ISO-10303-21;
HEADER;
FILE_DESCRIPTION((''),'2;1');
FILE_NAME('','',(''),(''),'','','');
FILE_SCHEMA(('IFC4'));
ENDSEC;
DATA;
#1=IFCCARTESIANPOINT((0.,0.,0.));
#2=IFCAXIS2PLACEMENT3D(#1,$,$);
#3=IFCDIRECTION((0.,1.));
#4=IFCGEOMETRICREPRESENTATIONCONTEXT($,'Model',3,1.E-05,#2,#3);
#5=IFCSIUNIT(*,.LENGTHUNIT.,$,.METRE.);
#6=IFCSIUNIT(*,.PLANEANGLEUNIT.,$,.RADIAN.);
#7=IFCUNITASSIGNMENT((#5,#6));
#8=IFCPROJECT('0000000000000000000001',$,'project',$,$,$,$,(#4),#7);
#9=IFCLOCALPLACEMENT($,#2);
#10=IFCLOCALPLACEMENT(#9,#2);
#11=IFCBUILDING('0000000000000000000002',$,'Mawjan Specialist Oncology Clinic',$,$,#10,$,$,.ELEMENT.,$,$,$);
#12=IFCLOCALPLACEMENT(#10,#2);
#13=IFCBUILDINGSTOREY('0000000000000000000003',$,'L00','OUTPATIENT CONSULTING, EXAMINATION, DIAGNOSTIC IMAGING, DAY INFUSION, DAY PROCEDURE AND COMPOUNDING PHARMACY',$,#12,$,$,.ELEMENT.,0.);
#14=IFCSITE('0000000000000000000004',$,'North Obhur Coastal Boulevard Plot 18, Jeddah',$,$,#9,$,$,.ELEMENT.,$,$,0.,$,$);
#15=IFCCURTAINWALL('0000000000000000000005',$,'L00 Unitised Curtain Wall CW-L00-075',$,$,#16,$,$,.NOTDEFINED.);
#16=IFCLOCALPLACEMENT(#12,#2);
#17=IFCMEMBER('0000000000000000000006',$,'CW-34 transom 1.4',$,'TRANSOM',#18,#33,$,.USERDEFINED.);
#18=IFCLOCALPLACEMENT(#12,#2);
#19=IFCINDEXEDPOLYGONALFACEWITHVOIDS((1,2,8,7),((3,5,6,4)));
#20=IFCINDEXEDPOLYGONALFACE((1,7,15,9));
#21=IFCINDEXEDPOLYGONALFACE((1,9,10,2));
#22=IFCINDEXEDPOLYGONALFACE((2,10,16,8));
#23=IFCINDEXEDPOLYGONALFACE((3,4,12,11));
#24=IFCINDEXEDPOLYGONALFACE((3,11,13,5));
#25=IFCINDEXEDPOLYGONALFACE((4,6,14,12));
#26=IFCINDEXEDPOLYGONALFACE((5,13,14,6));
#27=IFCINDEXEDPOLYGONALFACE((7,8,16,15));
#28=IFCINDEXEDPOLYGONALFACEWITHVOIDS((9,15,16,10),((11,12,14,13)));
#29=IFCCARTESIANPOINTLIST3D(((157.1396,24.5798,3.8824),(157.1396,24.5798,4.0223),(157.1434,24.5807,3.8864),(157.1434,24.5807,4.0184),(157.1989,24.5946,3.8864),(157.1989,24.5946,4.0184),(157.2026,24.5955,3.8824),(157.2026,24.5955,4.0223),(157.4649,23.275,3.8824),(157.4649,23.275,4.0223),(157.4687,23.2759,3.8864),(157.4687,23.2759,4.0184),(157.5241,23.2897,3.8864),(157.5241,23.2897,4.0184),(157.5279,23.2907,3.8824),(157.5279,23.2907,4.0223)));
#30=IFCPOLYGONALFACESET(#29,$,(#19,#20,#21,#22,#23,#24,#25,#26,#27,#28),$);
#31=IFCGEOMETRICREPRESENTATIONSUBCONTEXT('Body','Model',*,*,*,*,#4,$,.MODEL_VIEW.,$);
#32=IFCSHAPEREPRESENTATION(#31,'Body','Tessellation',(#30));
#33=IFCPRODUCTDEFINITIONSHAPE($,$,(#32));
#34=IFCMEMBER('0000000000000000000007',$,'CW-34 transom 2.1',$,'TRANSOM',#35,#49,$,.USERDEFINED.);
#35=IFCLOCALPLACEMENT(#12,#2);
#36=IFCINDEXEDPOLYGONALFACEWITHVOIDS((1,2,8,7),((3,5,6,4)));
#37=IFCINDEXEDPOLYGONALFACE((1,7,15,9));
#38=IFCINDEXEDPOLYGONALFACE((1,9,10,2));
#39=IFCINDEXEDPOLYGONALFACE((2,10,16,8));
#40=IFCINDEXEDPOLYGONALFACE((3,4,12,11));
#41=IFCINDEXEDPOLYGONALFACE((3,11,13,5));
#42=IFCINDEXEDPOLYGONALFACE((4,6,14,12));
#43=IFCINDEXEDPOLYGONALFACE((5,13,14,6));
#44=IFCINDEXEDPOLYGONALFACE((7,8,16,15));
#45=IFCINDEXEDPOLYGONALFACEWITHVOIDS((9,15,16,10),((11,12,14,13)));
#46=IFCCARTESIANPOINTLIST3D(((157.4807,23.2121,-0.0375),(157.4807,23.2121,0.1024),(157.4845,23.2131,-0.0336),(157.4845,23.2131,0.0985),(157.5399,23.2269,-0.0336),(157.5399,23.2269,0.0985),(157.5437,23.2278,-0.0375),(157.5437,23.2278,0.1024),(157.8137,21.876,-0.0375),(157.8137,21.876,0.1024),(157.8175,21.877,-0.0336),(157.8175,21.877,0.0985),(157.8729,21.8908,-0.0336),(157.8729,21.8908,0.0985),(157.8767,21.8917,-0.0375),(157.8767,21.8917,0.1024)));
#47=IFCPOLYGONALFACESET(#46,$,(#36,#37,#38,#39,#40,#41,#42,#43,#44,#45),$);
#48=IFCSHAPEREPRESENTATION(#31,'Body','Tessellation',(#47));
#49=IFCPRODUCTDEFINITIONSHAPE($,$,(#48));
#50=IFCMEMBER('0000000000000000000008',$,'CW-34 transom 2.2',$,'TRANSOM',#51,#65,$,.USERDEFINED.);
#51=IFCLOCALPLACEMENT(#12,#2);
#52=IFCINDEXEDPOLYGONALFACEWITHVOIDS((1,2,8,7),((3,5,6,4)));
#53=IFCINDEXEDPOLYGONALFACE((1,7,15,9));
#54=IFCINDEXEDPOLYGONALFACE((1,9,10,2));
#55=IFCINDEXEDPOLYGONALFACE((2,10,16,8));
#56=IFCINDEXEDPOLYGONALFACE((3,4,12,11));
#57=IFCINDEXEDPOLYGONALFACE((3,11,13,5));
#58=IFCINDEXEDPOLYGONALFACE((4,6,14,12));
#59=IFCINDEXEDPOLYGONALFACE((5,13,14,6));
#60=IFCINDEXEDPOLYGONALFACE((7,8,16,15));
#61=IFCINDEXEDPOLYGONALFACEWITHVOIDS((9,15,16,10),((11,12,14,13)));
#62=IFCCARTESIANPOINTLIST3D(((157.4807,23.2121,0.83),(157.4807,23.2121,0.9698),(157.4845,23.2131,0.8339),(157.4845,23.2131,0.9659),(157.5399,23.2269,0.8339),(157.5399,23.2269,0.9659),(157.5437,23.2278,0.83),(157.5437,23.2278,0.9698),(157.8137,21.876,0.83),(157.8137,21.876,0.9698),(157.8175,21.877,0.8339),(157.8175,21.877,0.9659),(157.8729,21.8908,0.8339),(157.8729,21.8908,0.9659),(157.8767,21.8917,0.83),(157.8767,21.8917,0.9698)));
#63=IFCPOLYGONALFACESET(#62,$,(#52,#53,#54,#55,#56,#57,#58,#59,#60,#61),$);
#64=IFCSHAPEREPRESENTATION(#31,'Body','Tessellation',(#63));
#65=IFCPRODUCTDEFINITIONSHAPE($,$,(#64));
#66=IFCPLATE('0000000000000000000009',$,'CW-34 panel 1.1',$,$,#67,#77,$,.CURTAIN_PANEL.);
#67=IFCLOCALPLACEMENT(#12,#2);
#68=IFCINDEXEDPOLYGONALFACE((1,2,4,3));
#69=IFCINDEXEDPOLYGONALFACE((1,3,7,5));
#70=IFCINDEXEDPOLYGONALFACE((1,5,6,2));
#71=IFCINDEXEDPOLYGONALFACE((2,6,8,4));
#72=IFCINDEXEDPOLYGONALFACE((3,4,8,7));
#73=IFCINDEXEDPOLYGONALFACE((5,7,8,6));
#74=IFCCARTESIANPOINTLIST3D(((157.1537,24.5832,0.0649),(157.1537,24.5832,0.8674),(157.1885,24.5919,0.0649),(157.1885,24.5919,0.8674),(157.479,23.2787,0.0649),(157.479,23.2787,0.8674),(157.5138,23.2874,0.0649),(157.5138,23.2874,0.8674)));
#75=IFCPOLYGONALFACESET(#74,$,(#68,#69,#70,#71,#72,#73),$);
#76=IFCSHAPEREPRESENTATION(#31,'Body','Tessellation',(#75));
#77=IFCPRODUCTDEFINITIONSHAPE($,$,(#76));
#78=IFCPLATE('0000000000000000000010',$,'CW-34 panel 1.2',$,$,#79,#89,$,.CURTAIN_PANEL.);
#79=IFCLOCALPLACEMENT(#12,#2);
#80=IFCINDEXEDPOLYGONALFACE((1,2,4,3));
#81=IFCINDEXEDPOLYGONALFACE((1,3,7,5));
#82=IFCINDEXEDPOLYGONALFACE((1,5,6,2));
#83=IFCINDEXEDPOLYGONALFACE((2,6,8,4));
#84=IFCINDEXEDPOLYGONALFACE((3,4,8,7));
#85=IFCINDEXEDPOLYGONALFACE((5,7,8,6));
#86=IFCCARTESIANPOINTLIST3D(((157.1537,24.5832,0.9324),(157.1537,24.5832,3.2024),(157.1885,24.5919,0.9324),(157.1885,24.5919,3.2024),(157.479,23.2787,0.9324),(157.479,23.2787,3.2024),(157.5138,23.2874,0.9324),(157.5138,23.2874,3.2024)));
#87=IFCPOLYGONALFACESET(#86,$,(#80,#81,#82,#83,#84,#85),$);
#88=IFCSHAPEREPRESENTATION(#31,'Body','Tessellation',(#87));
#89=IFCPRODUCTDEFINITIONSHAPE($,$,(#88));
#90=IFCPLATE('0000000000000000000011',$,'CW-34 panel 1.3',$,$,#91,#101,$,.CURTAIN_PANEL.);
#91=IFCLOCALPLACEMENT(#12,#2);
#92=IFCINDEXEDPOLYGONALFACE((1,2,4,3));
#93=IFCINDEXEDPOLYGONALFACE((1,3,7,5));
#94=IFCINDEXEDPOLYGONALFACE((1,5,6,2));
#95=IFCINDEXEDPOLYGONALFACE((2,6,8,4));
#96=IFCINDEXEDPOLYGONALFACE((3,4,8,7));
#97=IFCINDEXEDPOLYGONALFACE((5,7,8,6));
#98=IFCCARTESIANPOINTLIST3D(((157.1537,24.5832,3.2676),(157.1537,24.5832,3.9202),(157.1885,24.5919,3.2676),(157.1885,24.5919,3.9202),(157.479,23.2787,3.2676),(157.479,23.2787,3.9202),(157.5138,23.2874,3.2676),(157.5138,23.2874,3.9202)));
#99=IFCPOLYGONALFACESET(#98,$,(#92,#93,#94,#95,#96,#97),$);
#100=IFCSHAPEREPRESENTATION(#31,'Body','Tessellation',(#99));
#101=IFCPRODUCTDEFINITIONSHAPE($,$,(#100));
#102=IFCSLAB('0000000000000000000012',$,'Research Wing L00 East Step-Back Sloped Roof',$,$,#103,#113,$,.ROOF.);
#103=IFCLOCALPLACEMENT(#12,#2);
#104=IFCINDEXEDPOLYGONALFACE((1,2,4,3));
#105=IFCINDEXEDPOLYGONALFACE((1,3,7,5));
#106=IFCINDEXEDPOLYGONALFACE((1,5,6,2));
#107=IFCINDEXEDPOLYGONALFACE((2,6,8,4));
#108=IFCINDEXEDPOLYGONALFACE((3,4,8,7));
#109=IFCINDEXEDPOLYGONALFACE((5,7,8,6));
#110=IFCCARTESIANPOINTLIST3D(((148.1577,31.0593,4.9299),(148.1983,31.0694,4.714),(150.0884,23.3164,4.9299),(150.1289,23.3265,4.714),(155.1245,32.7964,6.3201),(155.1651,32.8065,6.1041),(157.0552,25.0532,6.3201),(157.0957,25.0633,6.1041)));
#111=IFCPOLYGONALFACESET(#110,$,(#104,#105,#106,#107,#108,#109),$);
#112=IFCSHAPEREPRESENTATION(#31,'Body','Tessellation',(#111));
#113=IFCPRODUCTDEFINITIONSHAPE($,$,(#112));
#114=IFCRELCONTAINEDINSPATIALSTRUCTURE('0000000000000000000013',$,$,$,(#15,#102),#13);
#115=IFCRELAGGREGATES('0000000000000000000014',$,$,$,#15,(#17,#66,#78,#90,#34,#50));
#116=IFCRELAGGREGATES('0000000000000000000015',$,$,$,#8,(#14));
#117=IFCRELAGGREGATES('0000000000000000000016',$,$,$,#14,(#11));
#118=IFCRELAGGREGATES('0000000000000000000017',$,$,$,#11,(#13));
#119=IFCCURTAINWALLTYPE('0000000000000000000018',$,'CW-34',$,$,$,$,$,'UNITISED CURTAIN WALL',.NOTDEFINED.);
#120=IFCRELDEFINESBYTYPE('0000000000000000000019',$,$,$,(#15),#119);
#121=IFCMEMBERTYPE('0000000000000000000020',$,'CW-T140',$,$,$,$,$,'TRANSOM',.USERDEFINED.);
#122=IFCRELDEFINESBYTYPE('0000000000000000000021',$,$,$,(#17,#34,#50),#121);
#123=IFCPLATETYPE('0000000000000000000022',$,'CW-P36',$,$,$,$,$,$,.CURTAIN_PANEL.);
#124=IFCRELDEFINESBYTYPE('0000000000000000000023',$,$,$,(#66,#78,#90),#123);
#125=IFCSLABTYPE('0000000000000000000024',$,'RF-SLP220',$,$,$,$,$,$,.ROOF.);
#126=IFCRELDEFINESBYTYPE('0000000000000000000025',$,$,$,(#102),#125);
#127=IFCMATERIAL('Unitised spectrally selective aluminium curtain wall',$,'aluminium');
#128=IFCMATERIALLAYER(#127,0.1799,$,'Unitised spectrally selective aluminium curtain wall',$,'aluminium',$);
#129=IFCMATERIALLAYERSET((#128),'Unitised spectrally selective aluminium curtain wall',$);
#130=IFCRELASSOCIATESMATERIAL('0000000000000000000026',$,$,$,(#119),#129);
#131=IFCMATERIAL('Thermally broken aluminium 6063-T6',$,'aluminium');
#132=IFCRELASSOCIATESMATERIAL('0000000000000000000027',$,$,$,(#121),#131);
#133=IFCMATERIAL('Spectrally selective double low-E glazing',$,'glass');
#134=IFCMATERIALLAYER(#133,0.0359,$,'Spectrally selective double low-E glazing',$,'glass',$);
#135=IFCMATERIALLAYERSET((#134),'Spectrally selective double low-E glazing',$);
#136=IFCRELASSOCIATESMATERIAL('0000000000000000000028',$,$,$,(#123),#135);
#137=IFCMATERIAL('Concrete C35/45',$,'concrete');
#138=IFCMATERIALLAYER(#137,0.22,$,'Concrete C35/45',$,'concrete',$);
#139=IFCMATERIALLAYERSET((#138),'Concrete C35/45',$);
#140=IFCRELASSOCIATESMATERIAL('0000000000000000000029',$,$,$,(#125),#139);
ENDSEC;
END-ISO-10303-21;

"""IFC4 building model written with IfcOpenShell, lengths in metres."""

from ifc_helpers import new_model, si_unit, direction, frame, origin, origin_2d, place, context, subcontext, project, spatial, polyline, rectangle, hollow_rectangle, outline, extrude, material, layer, layer_set, material_profile, profile_set, type_object, element, aggregate, save


model = new_model("IFC4")

# Units and contexts
model_context = context("Model", 3, precision=1e-05, world=origin(), true_north=direction((0.0, 1.0)))
body_context = subcontext(model_context, "Body", "Model", "MODEL_VIEW")
ifc_project = project(units=[si_unit("LENGTHUNIT", "METRE"), si_unit("PLANEANGLEUNIT", "RADIAN")], contexts=[model_context])

# Site, building, storey
site_placement = place(None, origin())
site = spatial("IfcSite", under=ifc_project, at=site_placement, Name="North Obhur Coastal Boulevard Plot 18, Jeddah", CompositionType="ELEMENT", RefElevation=0.0)
building_placement = place(site_placement, origin())
building = spatial("IfcBuilding", under=site, at=building_placement, Name="Mawjan Specialist Oncology Clinic", CompositionType="ELEMENT")
storey_placement = place(building_placement, origin())
storey = spatial("IfcBuildingStorey", under=building, at=storey_placement, Name="L00", Description="OUTPATIENT CONSULTING, EXAMINATION, DIAGNOSTIC IMAGING, DAY INFUSION, DAY PROCEDURE AND COMPOUNDING PHARMACY", CompositionType="ELEMENT", Elevation=0.0)

# Curtain wall, members, plates
ifc_material_1 = material(Name="Unitised spectrally selective aluminium curtain wall", Category="aluminium")
ifc_layer_1 = layer(ifc_material_1, 0.1799, Name="Unitised spectrally selective aluminium curtain wall", Category="aluminium")
ifc_layer_set_1 = layer_set([ifc_layer_1], Name="Unitised spectrally selective aluminium curtain wall")
curtain_wall_type = type_object("IfcCurtainWallType", Name="CW-34", ElementType="UNITISED CURTAIN WALL", PredefinedType="NOTDEFINED", material=ifc_layer_set_1)
curtain_wall_placement = place(storey_placement, origin())
curtain_wall = element("IfcCurtainWall", 1, at=curtain_wall_placement, inside=storey, type_object=curtain_wall_type, Name="L00 Unitised Curtain Wall CW-L00-075", PredefinedType="NOTDEFINED")
ifc_material_2 = material(Name="Thermally broken aluminium 6063-T6", Category="aluminium")
ifc_material_profile_1 = material_profile(ifc_material_2, hollow_rectangle(XDim=0.0649, YDim=0.1399, WallThickness=0.0039, at=origin_2d()), Name="ALU TRANSOM 140x65x4", Category="aluminium")
ifc_profile_set_1 = profile_set([ifc_material_profile_1], Name="Thermally broken aluminium 6063-T6")
member_type_1 = type_object("IfcMemberType", Name="CW-T140", ElementType="TRANSOM", PredefinedType="USERDEFINED", material=ifc_profile_set_1)
member_1_placement = place(storey_placement, frame((157.1711, 24.5876, 3.9524), z_axis=(0.241852, -0.970313, 0.0), x_axis=(0.970313, 0.241852, 0.0)))
member_1 = element("IfcMember", 2, at=member_1_placement, type_object=member_type_1, Name="CW-34 transom 1.4", ObjectType="TRANSOM", PredefinedType="USERDEFINED", context=body_context, shape_type="SweptSolid", body=[
    extrude(hollow_rectangle(XDim=0.0649, YDim=0.1399, WallThickness=0.0039, at=origin_2d()), origin(), (0.0, 0.0, 1.0), 1.3447),
])
member_2_placement = place(storey_placement, frame((157.5122, 23.22, 0.0325), z_axis=(0.241826, -0.97032, 0.0), x_axis=(0.97032, 0.241826, 0.0)))
member_2 = element("IfcMember", 3, at=member_2_placement, type_object=member_type_1, Name="CW-34 transom 2.1", ObjectType="TRANSOM", PredefinedType="USERDEFINED", context=body_context, shape_type="SweptSolid", body=[
    extrude(hollow_rectangle(XDim=0.0649, YDim=0.1399, WallThickness=0.0039, at=origin_2d()), origin(), (0.0, 0.0, 1.0), 1.377),
])
member_3_placement = place(storey_placement, frame((157.5122, 23.22, 0.8999), z_axis=(0.241826, -0.97032, 0.0), x_axis=(0.97032, 0.241826, 0.0)))
member_3 = element("IfcMember", 4, at=member_3_placement, type_object=member_type_1, Name="CW-34 transom 2.2", ObjectType="TRANSOM", PredefinedType="USERDEFINED", context=body_context, shape_type="SweptSolid", body=[
    extrude(hollow_rectangle(XDim=0.0649, YDim=0.1399, WallThickness=0.0039, at=origin_2d()), origin(), (0.0, 0.0, 1.0), 1.377),
])
ifc_material_3 = material(Name="Spectrally selective double low-E glazing", Category="glass")
ifc_layer_2 = layer(ifc_material_3, 0.0359, Name="Spectrally selective double low-E glazing", Category="glass")
ifc_layer_set_2 = layer_set([ifc_layer_2], Name="Spectrally selective double low-E glazing")
plate_type = type_object("IfcPlateType", Name="CW-P36", PredefinedType="CURTAIN_PANEL", material=ifc_layer_set_2)
plate_1_placement = place(storey_placement, frame((157.3337, 23.9353, 0.0649), z_axis=(0.0, 0.0, 1.0), x_axis=(0.241922, -0.970296, 0.0)))
plate_1 = element("IfcPlate", 5, at=plate_1_placement, type_object=plate_type, Name="CW-34 panel 1.1", PredefinedType="CURTAIN_PANEL", context=body_context, shape_type="SweptSolid", body=[
    extrude(rectangle(XDim=1.3445, YDim=0.0359, at=origin_2d()), origin(), (0.0, 0.0, 1.0), 0.8025),
])
plate_2_placement = place(storey_placement, frame((157.3337, 23.9353, 0.9324), z_axis=(0.0, 0.0, 1.0), x_axis=(0.241922, -0.970296, 0.0)))
plate_2 = element("IfcPlate", 6, at=plate_2_placement, type_object=plate_type, Name="CW-34 panel 1.2", PredefinedType="CURTAIN_PANEL", context=body_context, shape_type="SweptSolid", body=[
    extrude(rectangle(XDim=1.3445, YDim=0.0359, at=origin_2d()), origin(), (0.0, 0.0, 1.0), 2.27),
])
plate_3_placement = place(storey_placement, frame((157.3337, 23.9353, 3.2676), z_axis=(0.0, 0.0, 1.0), x_axis=(0.241922, -0.970296, 0.0)))
plate_3 = element("IfcPlate", 7, at=plate_3_placement, type_object=plate_type, Name="CW-34 panel 1.3", PredefinedType="CURTAIN_PANEL", context=body_context, shape_type="SweptSolid", body=[
    extrude(rectangle(XDim=1.3445, YDim=0.0359, at=origin_2d()), origin(), (0.0, 0.0, 1.0), 0.6526),
])
aggregate(curtain_wall, [member_1, plate_1, plate_2, plate_3, member_2, member_3])

# Slab
ifc_material_4 = material(Name="Concrete C35/45", Category="concrete")
ifc_layer_3 = layer(ifc_material_4, 0.22, Name="Concrete C35/45", Category="concrete")
ifc_layer_set_3 = layer_set([ifc_layer_3], Name="Concrete C35/45")
slab_type = type_object("IfcSlabType", Name="RF-SLP220", PredefinedType="ROOF", material=ifc_layer_set_3)
slab_placement = place(storey_placement, frame((150.0884, 23.3164, 4.9299), z_axis=(-0.184434, -0.045987, 0.981768), x_axis=(-0.241938, 0.970292, -0.000001)))
element("IfcSlab", 8, at=slab_placement, inside=storey, type_object=slab_type, Name="Research Wing L00 East Step-Back Sloped Roof", PredefinedType="ROOF", context=body_context, shape_type="SweptSolid", body=[
    extrude(outline(polyline([(0.0, 0.0), (7.98, 0.0), (7.9799, -7.3134), (-0.0003, -7.3134), (0.0, 0.0)])), origin(), (0.0, 0.0, -1.0), 0.22),
])

save(model, "model.ifc")
